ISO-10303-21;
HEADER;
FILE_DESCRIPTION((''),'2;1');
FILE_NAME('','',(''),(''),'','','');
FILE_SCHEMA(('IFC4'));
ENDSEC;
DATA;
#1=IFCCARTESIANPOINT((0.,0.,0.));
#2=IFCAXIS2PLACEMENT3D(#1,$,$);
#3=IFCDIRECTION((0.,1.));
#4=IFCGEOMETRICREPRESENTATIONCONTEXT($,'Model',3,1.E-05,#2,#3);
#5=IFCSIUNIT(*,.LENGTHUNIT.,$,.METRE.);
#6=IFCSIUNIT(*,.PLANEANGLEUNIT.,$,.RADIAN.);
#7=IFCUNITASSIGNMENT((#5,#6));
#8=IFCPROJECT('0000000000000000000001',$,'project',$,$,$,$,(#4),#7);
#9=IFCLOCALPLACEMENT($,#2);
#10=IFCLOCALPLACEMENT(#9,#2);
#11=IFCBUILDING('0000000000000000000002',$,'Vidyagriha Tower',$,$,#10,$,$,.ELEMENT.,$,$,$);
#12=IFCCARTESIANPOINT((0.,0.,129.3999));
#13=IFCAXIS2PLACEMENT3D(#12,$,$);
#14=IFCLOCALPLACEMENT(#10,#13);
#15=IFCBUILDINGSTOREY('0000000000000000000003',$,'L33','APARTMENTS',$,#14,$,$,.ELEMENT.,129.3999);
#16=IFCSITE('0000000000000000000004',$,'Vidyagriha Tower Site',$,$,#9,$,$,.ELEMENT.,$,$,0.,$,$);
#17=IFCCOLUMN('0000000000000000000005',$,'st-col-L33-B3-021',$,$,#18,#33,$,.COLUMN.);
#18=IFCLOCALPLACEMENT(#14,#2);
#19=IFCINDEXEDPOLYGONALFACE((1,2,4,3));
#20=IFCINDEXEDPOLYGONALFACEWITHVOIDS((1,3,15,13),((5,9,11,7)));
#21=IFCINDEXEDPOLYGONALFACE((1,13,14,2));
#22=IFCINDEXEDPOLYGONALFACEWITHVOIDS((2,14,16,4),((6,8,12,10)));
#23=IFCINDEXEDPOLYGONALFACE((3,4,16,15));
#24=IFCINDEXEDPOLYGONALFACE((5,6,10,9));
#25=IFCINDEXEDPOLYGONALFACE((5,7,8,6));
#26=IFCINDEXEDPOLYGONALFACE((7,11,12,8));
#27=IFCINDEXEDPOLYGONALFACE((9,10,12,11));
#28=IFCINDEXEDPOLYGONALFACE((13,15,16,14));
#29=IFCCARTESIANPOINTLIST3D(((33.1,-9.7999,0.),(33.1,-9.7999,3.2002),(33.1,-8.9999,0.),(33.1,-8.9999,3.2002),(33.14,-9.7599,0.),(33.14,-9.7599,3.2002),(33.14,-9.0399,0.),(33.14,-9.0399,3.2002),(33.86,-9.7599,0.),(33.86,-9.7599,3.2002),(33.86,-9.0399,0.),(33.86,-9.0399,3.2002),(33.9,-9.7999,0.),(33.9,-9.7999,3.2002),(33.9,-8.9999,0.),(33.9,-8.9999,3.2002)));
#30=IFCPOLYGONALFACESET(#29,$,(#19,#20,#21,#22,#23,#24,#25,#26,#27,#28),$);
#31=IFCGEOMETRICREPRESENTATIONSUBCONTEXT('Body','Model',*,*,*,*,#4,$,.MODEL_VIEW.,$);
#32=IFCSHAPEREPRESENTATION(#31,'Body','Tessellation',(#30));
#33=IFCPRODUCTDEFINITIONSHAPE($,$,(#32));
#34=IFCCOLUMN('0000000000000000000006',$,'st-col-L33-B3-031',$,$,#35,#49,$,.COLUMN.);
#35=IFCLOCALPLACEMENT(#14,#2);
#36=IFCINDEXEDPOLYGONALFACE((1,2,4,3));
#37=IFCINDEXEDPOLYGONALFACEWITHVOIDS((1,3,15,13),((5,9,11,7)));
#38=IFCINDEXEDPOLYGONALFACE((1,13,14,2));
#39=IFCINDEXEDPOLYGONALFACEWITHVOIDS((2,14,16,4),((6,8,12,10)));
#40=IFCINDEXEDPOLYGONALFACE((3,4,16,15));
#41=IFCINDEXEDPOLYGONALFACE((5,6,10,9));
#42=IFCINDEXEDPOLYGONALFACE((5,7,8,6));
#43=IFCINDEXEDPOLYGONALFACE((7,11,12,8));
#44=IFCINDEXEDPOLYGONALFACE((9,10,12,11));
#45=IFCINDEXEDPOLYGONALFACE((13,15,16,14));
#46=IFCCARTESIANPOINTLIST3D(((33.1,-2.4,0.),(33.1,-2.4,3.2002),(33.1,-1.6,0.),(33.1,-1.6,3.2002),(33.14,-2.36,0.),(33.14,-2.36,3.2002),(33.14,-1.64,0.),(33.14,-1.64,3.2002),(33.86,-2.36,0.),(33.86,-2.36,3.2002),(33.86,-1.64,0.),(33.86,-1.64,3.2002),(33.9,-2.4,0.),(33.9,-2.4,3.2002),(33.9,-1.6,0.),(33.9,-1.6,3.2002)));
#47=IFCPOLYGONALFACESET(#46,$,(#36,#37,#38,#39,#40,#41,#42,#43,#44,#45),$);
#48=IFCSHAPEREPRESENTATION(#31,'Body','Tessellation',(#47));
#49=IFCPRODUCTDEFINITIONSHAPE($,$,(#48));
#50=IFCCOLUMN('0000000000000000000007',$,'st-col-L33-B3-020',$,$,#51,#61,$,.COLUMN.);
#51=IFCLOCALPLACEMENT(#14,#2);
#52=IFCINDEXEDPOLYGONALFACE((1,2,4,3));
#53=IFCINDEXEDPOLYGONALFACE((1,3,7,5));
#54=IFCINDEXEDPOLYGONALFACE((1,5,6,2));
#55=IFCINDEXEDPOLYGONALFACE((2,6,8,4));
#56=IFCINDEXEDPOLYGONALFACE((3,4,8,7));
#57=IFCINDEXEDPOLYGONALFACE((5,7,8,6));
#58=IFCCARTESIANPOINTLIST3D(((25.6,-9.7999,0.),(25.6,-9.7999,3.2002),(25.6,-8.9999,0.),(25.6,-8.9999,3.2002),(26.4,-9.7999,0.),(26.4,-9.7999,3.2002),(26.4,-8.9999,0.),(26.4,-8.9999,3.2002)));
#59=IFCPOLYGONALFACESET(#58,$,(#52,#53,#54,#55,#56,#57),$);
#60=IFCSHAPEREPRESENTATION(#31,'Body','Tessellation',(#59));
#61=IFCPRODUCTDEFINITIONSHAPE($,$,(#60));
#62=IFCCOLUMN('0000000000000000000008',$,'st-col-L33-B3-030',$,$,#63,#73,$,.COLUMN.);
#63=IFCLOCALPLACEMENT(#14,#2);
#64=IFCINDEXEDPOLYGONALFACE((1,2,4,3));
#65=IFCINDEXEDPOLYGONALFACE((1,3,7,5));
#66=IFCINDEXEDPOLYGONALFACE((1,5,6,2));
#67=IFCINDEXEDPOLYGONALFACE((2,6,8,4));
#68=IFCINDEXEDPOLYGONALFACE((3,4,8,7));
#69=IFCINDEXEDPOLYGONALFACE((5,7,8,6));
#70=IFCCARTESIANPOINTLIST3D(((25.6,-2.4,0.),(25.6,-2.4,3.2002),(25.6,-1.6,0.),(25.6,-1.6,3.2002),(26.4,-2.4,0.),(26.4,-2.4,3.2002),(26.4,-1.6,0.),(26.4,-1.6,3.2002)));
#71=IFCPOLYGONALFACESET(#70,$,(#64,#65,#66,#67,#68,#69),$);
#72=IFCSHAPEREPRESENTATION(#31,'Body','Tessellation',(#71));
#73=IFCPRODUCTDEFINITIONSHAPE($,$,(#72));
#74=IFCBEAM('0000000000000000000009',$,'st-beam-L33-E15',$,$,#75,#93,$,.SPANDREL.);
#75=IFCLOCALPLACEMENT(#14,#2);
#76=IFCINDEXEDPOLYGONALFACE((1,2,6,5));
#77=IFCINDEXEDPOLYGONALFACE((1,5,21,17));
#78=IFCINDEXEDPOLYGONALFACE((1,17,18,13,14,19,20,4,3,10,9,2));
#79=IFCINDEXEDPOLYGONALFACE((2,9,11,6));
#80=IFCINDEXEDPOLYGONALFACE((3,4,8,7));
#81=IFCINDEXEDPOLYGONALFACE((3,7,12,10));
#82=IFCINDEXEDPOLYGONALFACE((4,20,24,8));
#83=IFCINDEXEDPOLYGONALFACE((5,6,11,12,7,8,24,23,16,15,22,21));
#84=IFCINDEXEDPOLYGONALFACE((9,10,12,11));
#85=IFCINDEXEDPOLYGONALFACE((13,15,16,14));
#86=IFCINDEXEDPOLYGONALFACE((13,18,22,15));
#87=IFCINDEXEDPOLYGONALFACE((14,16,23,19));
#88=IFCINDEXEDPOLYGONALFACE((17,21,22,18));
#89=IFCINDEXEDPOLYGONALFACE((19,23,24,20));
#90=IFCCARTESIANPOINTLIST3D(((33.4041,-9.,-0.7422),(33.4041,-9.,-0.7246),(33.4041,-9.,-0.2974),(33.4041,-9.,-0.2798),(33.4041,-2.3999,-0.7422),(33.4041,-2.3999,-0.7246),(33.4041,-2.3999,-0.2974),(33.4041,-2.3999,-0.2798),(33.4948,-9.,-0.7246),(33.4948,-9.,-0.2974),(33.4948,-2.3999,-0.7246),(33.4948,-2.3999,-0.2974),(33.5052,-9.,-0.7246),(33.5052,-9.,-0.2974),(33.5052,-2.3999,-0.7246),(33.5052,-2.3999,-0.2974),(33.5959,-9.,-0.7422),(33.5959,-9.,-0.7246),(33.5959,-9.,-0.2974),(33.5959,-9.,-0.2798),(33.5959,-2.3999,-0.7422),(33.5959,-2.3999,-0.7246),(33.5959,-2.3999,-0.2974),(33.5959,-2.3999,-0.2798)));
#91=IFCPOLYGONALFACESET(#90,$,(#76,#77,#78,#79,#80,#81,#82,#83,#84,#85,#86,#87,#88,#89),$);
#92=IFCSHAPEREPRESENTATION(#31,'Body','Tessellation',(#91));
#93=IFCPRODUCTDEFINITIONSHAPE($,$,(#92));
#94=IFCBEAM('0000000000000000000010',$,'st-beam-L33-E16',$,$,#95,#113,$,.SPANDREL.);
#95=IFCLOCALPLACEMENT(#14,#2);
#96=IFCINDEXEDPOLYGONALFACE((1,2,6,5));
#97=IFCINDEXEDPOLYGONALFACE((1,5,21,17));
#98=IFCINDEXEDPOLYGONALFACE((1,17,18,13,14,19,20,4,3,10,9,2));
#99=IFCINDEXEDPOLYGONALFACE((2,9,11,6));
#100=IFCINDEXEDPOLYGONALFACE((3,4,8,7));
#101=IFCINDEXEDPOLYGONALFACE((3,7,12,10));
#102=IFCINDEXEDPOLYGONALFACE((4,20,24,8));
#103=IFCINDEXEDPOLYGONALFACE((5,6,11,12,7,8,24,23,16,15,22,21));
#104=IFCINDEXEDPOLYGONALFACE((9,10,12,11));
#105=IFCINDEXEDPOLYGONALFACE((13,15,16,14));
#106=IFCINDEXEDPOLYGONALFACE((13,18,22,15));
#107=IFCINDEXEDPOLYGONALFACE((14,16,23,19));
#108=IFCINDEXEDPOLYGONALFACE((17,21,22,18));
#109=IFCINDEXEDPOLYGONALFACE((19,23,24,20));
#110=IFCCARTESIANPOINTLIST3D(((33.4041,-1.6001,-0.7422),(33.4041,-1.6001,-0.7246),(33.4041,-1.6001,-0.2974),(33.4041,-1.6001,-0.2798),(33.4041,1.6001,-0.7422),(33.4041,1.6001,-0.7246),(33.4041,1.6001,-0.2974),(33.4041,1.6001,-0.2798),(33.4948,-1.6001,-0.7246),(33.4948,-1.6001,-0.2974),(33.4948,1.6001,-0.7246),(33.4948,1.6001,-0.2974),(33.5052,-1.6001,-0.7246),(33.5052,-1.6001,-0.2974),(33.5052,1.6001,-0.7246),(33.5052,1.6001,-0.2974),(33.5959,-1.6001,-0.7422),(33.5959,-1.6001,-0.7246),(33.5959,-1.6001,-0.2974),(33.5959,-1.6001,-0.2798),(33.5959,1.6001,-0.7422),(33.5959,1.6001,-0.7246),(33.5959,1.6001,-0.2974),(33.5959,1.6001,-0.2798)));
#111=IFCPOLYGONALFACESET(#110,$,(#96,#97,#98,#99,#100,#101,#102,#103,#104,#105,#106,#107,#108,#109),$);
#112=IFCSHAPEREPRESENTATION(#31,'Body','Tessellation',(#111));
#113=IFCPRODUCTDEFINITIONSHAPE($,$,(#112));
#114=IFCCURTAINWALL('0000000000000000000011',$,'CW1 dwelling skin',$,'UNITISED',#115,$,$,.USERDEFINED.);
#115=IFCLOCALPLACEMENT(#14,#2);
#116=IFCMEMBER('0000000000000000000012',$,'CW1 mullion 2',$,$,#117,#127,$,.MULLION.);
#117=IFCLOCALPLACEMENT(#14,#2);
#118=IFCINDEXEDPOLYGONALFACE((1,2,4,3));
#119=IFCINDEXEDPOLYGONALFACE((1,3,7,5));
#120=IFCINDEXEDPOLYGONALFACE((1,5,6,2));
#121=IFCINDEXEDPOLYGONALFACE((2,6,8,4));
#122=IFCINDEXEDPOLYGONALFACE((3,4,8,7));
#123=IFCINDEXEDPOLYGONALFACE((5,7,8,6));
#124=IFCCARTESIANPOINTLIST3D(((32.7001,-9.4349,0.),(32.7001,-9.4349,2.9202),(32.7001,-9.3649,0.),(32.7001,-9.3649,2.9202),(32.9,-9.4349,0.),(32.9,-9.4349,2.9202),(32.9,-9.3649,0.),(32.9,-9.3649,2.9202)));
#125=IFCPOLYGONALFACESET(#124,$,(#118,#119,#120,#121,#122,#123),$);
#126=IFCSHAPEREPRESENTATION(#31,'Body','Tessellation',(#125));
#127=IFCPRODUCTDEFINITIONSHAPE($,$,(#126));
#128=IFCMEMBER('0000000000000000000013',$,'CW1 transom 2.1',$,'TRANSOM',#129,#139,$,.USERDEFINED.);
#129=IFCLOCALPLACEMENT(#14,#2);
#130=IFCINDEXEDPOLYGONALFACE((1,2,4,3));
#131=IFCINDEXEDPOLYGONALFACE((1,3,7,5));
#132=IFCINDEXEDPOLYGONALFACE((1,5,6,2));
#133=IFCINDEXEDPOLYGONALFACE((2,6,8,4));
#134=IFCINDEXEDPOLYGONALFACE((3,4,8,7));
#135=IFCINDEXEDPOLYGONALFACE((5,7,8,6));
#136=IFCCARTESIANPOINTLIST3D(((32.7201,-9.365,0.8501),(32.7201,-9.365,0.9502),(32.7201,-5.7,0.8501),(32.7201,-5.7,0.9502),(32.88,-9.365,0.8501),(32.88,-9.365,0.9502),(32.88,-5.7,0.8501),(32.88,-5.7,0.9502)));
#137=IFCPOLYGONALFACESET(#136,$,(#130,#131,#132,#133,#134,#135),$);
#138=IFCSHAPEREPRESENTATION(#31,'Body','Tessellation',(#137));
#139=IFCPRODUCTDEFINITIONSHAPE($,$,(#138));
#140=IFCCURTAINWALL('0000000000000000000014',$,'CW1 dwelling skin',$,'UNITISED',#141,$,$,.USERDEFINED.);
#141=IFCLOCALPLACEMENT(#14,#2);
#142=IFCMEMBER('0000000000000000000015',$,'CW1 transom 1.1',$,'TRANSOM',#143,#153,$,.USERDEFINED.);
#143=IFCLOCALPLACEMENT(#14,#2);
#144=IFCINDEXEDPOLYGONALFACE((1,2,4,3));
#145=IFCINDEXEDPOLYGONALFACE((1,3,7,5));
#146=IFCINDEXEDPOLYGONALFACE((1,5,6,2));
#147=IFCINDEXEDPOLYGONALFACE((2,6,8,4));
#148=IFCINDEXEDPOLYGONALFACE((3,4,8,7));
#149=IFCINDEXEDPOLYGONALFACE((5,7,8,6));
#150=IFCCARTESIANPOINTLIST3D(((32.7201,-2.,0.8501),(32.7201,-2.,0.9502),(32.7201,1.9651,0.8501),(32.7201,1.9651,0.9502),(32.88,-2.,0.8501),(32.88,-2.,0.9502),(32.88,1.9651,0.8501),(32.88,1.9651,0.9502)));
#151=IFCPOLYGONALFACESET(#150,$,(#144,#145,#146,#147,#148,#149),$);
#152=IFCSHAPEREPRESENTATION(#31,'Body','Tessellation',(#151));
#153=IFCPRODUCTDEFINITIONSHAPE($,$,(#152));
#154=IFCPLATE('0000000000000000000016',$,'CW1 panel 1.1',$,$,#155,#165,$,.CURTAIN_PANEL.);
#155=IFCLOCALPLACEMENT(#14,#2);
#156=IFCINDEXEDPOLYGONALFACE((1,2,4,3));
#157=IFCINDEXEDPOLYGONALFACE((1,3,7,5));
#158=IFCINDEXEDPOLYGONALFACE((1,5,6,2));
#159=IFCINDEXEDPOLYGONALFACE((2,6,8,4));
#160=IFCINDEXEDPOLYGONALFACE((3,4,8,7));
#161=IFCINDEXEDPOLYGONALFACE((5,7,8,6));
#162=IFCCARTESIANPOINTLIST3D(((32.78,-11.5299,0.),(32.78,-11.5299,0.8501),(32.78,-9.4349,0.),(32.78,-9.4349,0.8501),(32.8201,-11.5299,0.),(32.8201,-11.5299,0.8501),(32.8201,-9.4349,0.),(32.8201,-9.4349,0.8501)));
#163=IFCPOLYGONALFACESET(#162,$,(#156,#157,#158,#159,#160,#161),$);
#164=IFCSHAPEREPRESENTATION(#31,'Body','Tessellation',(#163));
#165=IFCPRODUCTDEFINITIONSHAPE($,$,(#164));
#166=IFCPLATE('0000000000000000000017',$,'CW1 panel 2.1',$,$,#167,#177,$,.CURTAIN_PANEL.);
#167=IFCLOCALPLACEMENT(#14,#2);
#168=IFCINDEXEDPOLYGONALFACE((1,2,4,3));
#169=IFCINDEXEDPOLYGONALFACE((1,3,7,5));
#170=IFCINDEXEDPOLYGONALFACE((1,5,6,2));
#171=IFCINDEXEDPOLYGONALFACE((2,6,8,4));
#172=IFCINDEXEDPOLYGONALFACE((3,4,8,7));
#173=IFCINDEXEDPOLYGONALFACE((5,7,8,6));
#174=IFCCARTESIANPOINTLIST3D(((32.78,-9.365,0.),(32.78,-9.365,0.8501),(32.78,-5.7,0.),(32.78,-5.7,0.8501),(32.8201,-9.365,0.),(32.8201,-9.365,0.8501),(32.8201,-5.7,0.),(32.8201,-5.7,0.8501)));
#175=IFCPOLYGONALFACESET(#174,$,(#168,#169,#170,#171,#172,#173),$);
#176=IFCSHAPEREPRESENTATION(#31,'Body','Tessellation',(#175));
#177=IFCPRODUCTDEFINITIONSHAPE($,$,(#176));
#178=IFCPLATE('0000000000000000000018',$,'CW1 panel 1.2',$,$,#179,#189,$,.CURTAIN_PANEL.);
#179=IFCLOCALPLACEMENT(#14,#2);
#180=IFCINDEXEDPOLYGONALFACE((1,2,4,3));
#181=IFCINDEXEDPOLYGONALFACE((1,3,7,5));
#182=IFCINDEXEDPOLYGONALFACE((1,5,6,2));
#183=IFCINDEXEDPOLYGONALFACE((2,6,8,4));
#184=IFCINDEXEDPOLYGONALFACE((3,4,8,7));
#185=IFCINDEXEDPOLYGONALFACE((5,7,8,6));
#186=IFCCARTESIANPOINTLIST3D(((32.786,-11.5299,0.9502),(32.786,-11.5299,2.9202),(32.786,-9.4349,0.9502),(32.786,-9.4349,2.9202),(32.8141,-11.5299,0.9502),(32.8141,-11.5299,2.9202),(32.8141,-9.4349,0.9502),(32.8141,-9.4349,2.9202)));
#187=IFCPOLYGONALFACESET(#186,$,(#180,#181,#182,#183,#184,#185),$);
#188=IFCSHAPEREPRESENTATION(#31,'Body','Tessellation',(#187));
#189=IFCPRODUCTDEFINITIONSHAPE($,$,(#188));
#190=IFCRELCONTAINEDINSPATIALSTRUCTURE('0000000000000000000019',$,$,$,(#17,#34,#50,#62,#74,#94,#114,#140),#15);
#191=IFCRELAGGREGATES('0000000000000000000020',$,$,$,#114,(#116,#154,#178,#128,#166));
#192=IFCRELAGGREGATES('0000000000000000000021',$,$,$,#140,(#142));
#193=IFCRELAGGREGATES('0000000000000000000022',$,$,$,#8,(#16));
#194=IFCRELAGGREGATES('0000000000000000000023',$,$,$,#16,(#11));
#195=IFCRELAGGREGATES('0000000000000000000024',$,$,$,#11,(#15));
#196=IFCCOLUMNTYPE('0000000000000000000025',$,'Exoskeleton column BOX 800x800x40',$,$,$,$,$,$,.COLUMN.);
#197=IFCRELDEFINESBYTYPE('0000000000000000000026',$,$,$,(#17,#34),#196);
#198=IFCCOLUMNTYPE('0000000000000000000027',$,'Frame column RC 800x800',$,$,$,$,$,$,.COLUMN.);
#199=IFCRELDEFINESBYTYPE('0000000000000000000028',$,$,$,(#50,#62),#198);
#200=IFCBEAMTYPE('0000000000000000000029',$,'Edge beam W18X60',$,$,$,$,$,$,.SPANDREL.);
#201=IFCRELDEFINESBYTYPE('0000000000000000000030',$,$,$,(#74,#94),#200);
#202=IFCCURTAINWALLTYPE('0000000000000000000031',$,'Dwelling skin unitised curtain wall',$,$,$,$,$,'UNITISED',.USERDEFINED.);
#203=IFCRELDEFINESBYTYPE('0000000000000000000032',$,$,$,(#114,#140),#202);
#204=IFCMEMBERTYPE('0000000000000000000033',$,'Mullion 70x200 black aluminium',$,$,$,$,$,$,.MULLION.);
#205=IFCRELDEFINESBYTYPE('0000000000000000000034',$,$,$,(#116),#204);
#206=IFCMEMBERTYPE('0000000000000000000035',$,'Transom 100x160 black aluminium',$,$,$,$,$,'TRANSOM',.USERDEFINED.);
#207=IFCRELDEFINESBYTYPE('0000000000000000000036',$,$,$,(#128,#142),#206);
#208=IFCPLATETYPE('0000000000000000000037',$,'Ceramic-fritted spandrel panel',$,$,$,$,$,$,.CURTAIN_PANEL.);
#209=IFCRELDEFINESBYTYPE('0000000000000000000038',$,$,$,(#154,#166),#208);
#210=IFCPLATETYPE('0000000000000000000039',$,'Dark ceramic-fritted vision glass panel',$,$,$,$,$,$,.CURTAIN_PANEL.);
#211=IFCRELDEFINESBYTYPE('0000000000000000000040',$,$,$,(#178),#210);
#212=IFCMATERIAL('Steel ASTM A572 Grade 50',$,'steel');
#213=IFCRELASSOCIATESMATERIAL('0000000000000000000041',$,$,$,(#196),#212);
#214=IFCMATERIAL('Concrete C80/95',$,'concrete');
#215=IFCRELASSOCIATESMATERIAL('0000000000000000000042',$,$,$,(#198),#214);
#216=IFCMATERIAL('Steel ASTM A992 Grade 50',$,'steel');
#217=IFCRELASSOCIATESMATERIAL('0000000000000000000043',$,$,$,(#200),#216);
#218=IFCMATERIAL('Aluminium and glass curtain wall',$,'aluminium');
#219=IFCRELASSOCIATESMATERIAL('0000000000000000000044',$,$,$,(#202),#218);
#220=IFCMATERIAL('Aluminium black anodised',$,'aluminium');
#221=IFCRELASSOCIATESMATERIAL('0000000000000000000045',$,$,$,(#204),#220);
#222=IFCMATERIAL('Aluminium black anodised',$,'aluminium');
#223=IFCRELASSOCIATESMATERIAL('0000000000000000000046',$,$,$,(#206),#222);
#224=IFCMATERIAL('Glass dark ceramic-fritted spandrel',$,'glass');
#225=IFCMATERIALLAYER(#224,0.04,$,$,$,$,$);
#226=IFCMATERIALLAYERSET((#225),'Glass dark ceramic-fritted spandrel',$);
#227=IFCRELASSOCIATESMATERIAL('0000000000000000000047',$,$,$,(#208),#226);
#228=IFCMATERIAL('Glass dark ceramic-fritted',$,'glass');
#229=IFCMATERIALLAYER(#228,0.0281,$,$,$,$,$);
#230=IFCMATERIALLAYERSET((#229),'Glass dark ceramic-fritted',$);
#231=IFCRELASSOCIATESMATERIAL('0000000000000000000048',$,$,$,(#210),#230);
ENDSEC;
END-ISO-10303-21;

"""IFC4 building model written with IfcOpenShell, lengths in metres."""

from ifc_helpers import new_model, si_unit, direction, frame, origin, origin_2d, place, context, subcontext, project, spatial, rectangle, hollow_rectangle, i_section, extrude, material, layer, layer_set, material_profile, profile_set, type_object, element, aggregate, save


model = new_model("IFC4")

# Units and contexts
model_context = context("Model", 3, precision=1e-05, world=origin(), true_north=direction((0.0, 1.0)))
body_context = subcontext(model_context, "Body", "Model", "MODEL_VIEW")
ifc_project = project(units=[si_unit("LENGTHUNIT", "METRE"), si_unit("PLANEANGLEUNIT", "RADIAN")], contexts=[model_context])

# Site, building, storey
site_placement = place(None, origin())
site = spatial("IfcSite", under=ifc_project, at=site_placement, Name="Vidyagriha Tower Site", CompositionType="ELEMENT", RefElevation=0.0)
building_placement = place(site_placement, origin())
building = spatial("IfcBuilding", under=site, at=building_placement, Name="Vidyagriha Tower", CompositionType="ELEMENT")
storey_placement = place(building_placement, frame((0.0, 0.0, 129.3999)))
storey = spatial("IfcBuildingStorey", under=building, at=storey_placement, Name="L33", Description="APARTMENTS", CompositionType="ELEMENT", Elevation=129.3999)

# Columns
ifc_material_1 = material(Name="Steel ASTM A572 Grade 50", Category="steel")
ifc_material_profile_1 = material_profile(ifc_material_1, hollow_rectangle(XDim=0.8, YDim=0.8, WallThickness=0.04, at=origin_2d()), Name="BOX 800x800x40")
ifc_profile_set_1 = profile_set([ifc_material_profile_1], Name="Steel ASTM A572 Grade 50")
column_type_1 = type_object("IfcColumnType", Name="Exoskeleton column BOX 800x800x40", PredefinedType="COLUMN", material=ifc_profile_set_1)
for number, where, name in (
    (1, (33.5, -9.3999, 0.0), "st-col-L33-B3-021"),
    (2, (33.5, -2.0, 0.0), "st-col-L33-B3-031"),
):
    element("IfcColumn", number, at=place(storey_placement, frame(where)), inside=storey, type_object=column_type_1, Name=name, PredefinedType="COLUMN", context=body_context, shape_type="SweptSolid", body=[
        extrude(hollow_rectangle(XDim=0.8, YDim=0.8, WallThickness=0.04, at=origin_2d()), origin(), (0.0, 0.0, 1.0), 3.2002),
    ])
ifc_material_2 = material(Name="Concrete C80/95", Category="concrete")
ifc_material_profile_2 = material_profile(ifc_material_2, rectangle(XDim=0.8, YDim=0.8, at=origin_2d()), Name="RC 800x800")
ifc_profile_set_2 = profile_set([ifc_material_profile_2], Name="Concrete C80/95")
column_type_2 = type_object("IfcColumnType", Name="Frame column RC 800x800", PredefinedType="COLUMN", material=ifc_profile_set_2)
for number, where, name in (
    (3, (26.0, -9.3999, 0.0), "st-col-L33-B3-020"),
    (4, (26.0, -2.0, 0.0), "st-col-L33-B3-030"),
):
    element("IfcColumn", number, at=place(storey_placement, frame(where)), inside=storey, type_object=column_type_2, Name=name, PredefinedType="COLUMN", context=body_context, shape_type="SweptSolid", body=[
        extrude(rectangle(XDim=0.8, YDim=0.8, at=origin_2d()), origin(), (0.0, 0.0, 1.0), 3.2002),
    ])

# Beams
ifc_material_3 = material(Name="Steel ASTM A992 Grade 50", Category="steel")
ifc_material_profile_3 = material_profile(ifc_material_3, i_section(OverallWidth=0.1919, OverallDepth=0.4624, WebThickness=0.0105, FlangeThickness=0.0176, at=origin_2d()), Name="W18X60")
ifc_profile_set_3 = profile_set([ifc_material_profile_3], Name="Steel ASTM A992 Grade 50")
beam_type = type_object("IfcBeamType", Name="Edge beam W18X60", PredefinedType="SPANDREL", material=ifc_profile_set_3)
beam_1_placement = place(storey_placement, frame((33.5, -9.0, -0.511), z_axis=(0.0, 1.0, 0.0), x_axis=(-1.0, 0.0, 0.0)))
element("IfcBeam", 5, at=beam_1_placement, inside=storey, type_object=beam_type, Name="st-beam-L33-E15", PredefinedType="SPANDREL", context=body_context, shape_type="SweptSolid", body=[
    extrude(i_section(OverallWidth=0.1919, OverallDepth=0.4624, WebThickness=0.0105, FlangeThickness=0.0176, at=origin_2d()), origin(), (0.0, 0.0, 1.0), 6.6001),
])
beam_2_placement = place(storey_placement, frame((33.5, -1.6001, -0.511), z_axis=(0.0, 1.0, 0.0), x_axis=(-1.0, 0.0, 0.0)))
element("IfcBeam", 6, at=beam_2_placement, inside=storey, type_object=beam_type, Name="st-beam-L33-E16", PredefinedType="SPANDREL", context=body_context, shape_type="SweptSolid", body=[
    extrude(i_section(OverallWidth=0.1919, OverallDepth=0.4624, WebThickness=0.0105, FlangeThickness=0.0176, at=origin_2d()), origin(), (0.0, 0.0, 1.0), 3.2002),
])

# Curtain wall, members
ifc_material_4 = material(Name="Aluminium and glass curtain wall", Category="aluminium")
curtain_wall_type = type_object("IfcCurtainWallType", Name="Dwelling skin unitised curtain wall", ElementType="UNITISED", PredefinedType="USERDEFINED", material=ifc_material_4)
curtain_wall_1_placement = place(storey_placement, origin())
curtain_wall_1 = element("IfcCurtainWall", 7, at=curtain_wall_1_placement, inside=storey, type_object=curtain_wall_type, Name="CW1 dwelling skin", ObjectType="UNITISED", PredefinedType="USERDEFINED")
ifc_material_5 = material(Name="Aluminium black anodised", Category="aluminium")
ifc_material_profile_4 = material_profile(ifc_material_5, rectangle(XDim=0.2, YDim=0.0701, at=origin_2d()), Name="Mullion 70x200 black aluminium")
ifc_profile_set_4 = profile_set([ifc_material_profile_4], Name="Aluminium black anodised")
member_type_1 = type_object("IfcMemberType", Name="Mullion 70x200 black aluminium", PredefinedType="MULLION", material=ifc_profile_set_4)
member_1_placement = place(storey_placement, frame((32.8, -9.3999, 0.0), z_axis=(0.0, 0.0, 1.0), x_axis=(-1.0, 0.0, 0.0)))
member_1 = element("IfcMember", 8, at=member_1_placement, type_object=member_type_1, Name="CW1 mullion 2", PredefinedType="MULLION", context=body_context, shape_type="SweptSolid", body=[
    extrude(rectangle(XDim=0.2, YDim=0.0701, at=origin_2d()), origin(), (0.0, 0.0, 1.0), 2.9202),
])
ifc_material_6 = material(Name="Aluminium black anodised", Category="aluminium")
ifc_material_profile_5 = material_profile(ifc_material_6, rectangle(XDim=0.1599, YDim=0.1001, at=origin_2d()), Name="Transom 100x160 black aluminium")
ifc_profile_set_5 = profile_set([ifc_material_profile_5], Name="Aluminium black anodised")
member_type_2 = type_object("IfcMemberType", Name="Transom 100x160 black aluminium", ElementType="TRANSOM", PredefinedType="USERDEFINED", material=ifc_profile_set_5)
member_2_placement = place(storey_placement, frame((32.8, -9.365, 0.9001), z_axis=(0.0, 1.0, 0.0), x_axis=(-1.0, 0.0, 0.0)))
member_2 = element("IfcMember", 9, at=member_2_placement, type_object=member_type_2, Name="CW1 transom 2.1", ObjectType="TRANSOM", PredefinedType="USERDEFINED", context=body_context, shape_type="SweptSolid", body=[
    extrude(rectangle(XDim=0.1599, YDim=0.1001, at=origin_2d()), origin(), (0.0, 0.0, 1.0), 3.665),
])

# Curtain wall, member
curtain_wall_2_placement = place(storey_placement, origin())
curtain_wall_2 = element("IfcCurtainWall", 10, at=curtain_wall_2_placement, inside=storey, type_object=curtain_wall_type, Name="CW1 dwelling skin", ObjectType="UNITISED", PredefinedType="USERDEFINED")
member_3_placement = place(storey_placement, frame((32.8, -2.0, 0.9001), z_axis=(0.0, 1.0, 0.0), x_axis=(-1.0, 0.0, 0.0)))
member_3 = element("IfcMember", 11, at=member_3_placement, type_object=member_type_2, Name="CW1 transom 1.1", ObjectType="TRANSOM", PredefinedType="USERDEFINED", context=body_context, shape_type="SweptSolid", body=[
    extrude(rectangle(XDim=0.1599, YDim=0.1001, at=origin_2d()), origin(), (0.0, 0.0, 1.0), 3.9651),
])

# Plates
ifc_material_7 = material(Name="Glass dark ceramic-fritted spandrel", Category="glass")
ifc_layer_1 = layer(ifc_material_7, 0.04)
ifc_layer_set_1 = layer_set([ifc_layer_1], Name="Glass dark ceramic-fritted spandrel")
plate_type_1 = type_object("IfcPlateType", Name="Ceramic-fritted spandrel panel", PredefinedType="CURTAIN_PANEL", material=ifc_layer_set_1)
plate_1_placement = place(storey_placement, frame((32.8, -10.4824, 0.0), z_axis=(0.0, 0.0, 1.0), x_axis=(0.0, 1.0, 0.0)))
plate_1 = element("IfcPlate", 12, at=plate_1_placement, type_object=plate_type_1, Name="CW1 panel 1.1", PredefinedType="CURTAIN_PANEL", context=body_context, shape_type="SweptSolid", body=[
    extrude(rectangle(XDim=2.095, YDim=0.04, at=origin_2d()), origin(), (0.0, 0.0, 1.0), 0.8501),
])
plate_2_placement = place(storey_placement, frame((32.8, -7.5325, 0.0), z_axis=(0.0, 0.0, 1.0), x_axis=(0.0, 1.0, 0.0)))
plate_2 = element("IfcPlate", 13, at=plate_2_placement, type_object=plate_type_1, Name="CW1 panel 2.1", PredefinedType="CURTAIN_PANEL", context=body_context, shape_type="SweptSolid", body=[
    extrude(rectangle(XDim=3.665, YDim=0.04, at=origin_2d()), origin(), (0.0, 0.0, 1.0), 0.8501),
])
ifc_material_8 = material(Name="Glass dark ceramic-fritted", Category="glass")
ifc_layer_2 = layer(ifc_material_8, 0.0281)
ifc_layer_set_2 = layer_set([ifc_layer_2], Name="Glass dark ceramic-fritted")
plate_type_2 = type_object("IfcPlateType", Name="Dark ceramic-fritted vision glass panel", PredefinedType="CURTAIN_PANEL", material=ifc_layer_set_2)
plate_3_placement = place(storey_placement, frame((32.8, -10.4824, 0.9502), z_axis=(0.0, 0.0, 1.0), x_axis=(0.0, 1.0, 0.0)))
plate_3 = element("IfcPlate", 14, at=plate_3_placement, type_object=plate_type_2, Name="CW1 panel 1.2", PredefinedType="CURTAIN_PANEL", context=body_context, shape_type="SweptSolid", body=[
    extrude(rectangle(XDim=2.095, YDim=0.0281, at=origin_2d()), origin(), (0.0, 0.0, 1.0), 1.97),
])
aggregate(curtain_wall_1, [member_1, plate_1, plate_3, member_2, plate_2])
aggregate(curtain_wall_2, [member_3])

save(model, "model.ifc")
